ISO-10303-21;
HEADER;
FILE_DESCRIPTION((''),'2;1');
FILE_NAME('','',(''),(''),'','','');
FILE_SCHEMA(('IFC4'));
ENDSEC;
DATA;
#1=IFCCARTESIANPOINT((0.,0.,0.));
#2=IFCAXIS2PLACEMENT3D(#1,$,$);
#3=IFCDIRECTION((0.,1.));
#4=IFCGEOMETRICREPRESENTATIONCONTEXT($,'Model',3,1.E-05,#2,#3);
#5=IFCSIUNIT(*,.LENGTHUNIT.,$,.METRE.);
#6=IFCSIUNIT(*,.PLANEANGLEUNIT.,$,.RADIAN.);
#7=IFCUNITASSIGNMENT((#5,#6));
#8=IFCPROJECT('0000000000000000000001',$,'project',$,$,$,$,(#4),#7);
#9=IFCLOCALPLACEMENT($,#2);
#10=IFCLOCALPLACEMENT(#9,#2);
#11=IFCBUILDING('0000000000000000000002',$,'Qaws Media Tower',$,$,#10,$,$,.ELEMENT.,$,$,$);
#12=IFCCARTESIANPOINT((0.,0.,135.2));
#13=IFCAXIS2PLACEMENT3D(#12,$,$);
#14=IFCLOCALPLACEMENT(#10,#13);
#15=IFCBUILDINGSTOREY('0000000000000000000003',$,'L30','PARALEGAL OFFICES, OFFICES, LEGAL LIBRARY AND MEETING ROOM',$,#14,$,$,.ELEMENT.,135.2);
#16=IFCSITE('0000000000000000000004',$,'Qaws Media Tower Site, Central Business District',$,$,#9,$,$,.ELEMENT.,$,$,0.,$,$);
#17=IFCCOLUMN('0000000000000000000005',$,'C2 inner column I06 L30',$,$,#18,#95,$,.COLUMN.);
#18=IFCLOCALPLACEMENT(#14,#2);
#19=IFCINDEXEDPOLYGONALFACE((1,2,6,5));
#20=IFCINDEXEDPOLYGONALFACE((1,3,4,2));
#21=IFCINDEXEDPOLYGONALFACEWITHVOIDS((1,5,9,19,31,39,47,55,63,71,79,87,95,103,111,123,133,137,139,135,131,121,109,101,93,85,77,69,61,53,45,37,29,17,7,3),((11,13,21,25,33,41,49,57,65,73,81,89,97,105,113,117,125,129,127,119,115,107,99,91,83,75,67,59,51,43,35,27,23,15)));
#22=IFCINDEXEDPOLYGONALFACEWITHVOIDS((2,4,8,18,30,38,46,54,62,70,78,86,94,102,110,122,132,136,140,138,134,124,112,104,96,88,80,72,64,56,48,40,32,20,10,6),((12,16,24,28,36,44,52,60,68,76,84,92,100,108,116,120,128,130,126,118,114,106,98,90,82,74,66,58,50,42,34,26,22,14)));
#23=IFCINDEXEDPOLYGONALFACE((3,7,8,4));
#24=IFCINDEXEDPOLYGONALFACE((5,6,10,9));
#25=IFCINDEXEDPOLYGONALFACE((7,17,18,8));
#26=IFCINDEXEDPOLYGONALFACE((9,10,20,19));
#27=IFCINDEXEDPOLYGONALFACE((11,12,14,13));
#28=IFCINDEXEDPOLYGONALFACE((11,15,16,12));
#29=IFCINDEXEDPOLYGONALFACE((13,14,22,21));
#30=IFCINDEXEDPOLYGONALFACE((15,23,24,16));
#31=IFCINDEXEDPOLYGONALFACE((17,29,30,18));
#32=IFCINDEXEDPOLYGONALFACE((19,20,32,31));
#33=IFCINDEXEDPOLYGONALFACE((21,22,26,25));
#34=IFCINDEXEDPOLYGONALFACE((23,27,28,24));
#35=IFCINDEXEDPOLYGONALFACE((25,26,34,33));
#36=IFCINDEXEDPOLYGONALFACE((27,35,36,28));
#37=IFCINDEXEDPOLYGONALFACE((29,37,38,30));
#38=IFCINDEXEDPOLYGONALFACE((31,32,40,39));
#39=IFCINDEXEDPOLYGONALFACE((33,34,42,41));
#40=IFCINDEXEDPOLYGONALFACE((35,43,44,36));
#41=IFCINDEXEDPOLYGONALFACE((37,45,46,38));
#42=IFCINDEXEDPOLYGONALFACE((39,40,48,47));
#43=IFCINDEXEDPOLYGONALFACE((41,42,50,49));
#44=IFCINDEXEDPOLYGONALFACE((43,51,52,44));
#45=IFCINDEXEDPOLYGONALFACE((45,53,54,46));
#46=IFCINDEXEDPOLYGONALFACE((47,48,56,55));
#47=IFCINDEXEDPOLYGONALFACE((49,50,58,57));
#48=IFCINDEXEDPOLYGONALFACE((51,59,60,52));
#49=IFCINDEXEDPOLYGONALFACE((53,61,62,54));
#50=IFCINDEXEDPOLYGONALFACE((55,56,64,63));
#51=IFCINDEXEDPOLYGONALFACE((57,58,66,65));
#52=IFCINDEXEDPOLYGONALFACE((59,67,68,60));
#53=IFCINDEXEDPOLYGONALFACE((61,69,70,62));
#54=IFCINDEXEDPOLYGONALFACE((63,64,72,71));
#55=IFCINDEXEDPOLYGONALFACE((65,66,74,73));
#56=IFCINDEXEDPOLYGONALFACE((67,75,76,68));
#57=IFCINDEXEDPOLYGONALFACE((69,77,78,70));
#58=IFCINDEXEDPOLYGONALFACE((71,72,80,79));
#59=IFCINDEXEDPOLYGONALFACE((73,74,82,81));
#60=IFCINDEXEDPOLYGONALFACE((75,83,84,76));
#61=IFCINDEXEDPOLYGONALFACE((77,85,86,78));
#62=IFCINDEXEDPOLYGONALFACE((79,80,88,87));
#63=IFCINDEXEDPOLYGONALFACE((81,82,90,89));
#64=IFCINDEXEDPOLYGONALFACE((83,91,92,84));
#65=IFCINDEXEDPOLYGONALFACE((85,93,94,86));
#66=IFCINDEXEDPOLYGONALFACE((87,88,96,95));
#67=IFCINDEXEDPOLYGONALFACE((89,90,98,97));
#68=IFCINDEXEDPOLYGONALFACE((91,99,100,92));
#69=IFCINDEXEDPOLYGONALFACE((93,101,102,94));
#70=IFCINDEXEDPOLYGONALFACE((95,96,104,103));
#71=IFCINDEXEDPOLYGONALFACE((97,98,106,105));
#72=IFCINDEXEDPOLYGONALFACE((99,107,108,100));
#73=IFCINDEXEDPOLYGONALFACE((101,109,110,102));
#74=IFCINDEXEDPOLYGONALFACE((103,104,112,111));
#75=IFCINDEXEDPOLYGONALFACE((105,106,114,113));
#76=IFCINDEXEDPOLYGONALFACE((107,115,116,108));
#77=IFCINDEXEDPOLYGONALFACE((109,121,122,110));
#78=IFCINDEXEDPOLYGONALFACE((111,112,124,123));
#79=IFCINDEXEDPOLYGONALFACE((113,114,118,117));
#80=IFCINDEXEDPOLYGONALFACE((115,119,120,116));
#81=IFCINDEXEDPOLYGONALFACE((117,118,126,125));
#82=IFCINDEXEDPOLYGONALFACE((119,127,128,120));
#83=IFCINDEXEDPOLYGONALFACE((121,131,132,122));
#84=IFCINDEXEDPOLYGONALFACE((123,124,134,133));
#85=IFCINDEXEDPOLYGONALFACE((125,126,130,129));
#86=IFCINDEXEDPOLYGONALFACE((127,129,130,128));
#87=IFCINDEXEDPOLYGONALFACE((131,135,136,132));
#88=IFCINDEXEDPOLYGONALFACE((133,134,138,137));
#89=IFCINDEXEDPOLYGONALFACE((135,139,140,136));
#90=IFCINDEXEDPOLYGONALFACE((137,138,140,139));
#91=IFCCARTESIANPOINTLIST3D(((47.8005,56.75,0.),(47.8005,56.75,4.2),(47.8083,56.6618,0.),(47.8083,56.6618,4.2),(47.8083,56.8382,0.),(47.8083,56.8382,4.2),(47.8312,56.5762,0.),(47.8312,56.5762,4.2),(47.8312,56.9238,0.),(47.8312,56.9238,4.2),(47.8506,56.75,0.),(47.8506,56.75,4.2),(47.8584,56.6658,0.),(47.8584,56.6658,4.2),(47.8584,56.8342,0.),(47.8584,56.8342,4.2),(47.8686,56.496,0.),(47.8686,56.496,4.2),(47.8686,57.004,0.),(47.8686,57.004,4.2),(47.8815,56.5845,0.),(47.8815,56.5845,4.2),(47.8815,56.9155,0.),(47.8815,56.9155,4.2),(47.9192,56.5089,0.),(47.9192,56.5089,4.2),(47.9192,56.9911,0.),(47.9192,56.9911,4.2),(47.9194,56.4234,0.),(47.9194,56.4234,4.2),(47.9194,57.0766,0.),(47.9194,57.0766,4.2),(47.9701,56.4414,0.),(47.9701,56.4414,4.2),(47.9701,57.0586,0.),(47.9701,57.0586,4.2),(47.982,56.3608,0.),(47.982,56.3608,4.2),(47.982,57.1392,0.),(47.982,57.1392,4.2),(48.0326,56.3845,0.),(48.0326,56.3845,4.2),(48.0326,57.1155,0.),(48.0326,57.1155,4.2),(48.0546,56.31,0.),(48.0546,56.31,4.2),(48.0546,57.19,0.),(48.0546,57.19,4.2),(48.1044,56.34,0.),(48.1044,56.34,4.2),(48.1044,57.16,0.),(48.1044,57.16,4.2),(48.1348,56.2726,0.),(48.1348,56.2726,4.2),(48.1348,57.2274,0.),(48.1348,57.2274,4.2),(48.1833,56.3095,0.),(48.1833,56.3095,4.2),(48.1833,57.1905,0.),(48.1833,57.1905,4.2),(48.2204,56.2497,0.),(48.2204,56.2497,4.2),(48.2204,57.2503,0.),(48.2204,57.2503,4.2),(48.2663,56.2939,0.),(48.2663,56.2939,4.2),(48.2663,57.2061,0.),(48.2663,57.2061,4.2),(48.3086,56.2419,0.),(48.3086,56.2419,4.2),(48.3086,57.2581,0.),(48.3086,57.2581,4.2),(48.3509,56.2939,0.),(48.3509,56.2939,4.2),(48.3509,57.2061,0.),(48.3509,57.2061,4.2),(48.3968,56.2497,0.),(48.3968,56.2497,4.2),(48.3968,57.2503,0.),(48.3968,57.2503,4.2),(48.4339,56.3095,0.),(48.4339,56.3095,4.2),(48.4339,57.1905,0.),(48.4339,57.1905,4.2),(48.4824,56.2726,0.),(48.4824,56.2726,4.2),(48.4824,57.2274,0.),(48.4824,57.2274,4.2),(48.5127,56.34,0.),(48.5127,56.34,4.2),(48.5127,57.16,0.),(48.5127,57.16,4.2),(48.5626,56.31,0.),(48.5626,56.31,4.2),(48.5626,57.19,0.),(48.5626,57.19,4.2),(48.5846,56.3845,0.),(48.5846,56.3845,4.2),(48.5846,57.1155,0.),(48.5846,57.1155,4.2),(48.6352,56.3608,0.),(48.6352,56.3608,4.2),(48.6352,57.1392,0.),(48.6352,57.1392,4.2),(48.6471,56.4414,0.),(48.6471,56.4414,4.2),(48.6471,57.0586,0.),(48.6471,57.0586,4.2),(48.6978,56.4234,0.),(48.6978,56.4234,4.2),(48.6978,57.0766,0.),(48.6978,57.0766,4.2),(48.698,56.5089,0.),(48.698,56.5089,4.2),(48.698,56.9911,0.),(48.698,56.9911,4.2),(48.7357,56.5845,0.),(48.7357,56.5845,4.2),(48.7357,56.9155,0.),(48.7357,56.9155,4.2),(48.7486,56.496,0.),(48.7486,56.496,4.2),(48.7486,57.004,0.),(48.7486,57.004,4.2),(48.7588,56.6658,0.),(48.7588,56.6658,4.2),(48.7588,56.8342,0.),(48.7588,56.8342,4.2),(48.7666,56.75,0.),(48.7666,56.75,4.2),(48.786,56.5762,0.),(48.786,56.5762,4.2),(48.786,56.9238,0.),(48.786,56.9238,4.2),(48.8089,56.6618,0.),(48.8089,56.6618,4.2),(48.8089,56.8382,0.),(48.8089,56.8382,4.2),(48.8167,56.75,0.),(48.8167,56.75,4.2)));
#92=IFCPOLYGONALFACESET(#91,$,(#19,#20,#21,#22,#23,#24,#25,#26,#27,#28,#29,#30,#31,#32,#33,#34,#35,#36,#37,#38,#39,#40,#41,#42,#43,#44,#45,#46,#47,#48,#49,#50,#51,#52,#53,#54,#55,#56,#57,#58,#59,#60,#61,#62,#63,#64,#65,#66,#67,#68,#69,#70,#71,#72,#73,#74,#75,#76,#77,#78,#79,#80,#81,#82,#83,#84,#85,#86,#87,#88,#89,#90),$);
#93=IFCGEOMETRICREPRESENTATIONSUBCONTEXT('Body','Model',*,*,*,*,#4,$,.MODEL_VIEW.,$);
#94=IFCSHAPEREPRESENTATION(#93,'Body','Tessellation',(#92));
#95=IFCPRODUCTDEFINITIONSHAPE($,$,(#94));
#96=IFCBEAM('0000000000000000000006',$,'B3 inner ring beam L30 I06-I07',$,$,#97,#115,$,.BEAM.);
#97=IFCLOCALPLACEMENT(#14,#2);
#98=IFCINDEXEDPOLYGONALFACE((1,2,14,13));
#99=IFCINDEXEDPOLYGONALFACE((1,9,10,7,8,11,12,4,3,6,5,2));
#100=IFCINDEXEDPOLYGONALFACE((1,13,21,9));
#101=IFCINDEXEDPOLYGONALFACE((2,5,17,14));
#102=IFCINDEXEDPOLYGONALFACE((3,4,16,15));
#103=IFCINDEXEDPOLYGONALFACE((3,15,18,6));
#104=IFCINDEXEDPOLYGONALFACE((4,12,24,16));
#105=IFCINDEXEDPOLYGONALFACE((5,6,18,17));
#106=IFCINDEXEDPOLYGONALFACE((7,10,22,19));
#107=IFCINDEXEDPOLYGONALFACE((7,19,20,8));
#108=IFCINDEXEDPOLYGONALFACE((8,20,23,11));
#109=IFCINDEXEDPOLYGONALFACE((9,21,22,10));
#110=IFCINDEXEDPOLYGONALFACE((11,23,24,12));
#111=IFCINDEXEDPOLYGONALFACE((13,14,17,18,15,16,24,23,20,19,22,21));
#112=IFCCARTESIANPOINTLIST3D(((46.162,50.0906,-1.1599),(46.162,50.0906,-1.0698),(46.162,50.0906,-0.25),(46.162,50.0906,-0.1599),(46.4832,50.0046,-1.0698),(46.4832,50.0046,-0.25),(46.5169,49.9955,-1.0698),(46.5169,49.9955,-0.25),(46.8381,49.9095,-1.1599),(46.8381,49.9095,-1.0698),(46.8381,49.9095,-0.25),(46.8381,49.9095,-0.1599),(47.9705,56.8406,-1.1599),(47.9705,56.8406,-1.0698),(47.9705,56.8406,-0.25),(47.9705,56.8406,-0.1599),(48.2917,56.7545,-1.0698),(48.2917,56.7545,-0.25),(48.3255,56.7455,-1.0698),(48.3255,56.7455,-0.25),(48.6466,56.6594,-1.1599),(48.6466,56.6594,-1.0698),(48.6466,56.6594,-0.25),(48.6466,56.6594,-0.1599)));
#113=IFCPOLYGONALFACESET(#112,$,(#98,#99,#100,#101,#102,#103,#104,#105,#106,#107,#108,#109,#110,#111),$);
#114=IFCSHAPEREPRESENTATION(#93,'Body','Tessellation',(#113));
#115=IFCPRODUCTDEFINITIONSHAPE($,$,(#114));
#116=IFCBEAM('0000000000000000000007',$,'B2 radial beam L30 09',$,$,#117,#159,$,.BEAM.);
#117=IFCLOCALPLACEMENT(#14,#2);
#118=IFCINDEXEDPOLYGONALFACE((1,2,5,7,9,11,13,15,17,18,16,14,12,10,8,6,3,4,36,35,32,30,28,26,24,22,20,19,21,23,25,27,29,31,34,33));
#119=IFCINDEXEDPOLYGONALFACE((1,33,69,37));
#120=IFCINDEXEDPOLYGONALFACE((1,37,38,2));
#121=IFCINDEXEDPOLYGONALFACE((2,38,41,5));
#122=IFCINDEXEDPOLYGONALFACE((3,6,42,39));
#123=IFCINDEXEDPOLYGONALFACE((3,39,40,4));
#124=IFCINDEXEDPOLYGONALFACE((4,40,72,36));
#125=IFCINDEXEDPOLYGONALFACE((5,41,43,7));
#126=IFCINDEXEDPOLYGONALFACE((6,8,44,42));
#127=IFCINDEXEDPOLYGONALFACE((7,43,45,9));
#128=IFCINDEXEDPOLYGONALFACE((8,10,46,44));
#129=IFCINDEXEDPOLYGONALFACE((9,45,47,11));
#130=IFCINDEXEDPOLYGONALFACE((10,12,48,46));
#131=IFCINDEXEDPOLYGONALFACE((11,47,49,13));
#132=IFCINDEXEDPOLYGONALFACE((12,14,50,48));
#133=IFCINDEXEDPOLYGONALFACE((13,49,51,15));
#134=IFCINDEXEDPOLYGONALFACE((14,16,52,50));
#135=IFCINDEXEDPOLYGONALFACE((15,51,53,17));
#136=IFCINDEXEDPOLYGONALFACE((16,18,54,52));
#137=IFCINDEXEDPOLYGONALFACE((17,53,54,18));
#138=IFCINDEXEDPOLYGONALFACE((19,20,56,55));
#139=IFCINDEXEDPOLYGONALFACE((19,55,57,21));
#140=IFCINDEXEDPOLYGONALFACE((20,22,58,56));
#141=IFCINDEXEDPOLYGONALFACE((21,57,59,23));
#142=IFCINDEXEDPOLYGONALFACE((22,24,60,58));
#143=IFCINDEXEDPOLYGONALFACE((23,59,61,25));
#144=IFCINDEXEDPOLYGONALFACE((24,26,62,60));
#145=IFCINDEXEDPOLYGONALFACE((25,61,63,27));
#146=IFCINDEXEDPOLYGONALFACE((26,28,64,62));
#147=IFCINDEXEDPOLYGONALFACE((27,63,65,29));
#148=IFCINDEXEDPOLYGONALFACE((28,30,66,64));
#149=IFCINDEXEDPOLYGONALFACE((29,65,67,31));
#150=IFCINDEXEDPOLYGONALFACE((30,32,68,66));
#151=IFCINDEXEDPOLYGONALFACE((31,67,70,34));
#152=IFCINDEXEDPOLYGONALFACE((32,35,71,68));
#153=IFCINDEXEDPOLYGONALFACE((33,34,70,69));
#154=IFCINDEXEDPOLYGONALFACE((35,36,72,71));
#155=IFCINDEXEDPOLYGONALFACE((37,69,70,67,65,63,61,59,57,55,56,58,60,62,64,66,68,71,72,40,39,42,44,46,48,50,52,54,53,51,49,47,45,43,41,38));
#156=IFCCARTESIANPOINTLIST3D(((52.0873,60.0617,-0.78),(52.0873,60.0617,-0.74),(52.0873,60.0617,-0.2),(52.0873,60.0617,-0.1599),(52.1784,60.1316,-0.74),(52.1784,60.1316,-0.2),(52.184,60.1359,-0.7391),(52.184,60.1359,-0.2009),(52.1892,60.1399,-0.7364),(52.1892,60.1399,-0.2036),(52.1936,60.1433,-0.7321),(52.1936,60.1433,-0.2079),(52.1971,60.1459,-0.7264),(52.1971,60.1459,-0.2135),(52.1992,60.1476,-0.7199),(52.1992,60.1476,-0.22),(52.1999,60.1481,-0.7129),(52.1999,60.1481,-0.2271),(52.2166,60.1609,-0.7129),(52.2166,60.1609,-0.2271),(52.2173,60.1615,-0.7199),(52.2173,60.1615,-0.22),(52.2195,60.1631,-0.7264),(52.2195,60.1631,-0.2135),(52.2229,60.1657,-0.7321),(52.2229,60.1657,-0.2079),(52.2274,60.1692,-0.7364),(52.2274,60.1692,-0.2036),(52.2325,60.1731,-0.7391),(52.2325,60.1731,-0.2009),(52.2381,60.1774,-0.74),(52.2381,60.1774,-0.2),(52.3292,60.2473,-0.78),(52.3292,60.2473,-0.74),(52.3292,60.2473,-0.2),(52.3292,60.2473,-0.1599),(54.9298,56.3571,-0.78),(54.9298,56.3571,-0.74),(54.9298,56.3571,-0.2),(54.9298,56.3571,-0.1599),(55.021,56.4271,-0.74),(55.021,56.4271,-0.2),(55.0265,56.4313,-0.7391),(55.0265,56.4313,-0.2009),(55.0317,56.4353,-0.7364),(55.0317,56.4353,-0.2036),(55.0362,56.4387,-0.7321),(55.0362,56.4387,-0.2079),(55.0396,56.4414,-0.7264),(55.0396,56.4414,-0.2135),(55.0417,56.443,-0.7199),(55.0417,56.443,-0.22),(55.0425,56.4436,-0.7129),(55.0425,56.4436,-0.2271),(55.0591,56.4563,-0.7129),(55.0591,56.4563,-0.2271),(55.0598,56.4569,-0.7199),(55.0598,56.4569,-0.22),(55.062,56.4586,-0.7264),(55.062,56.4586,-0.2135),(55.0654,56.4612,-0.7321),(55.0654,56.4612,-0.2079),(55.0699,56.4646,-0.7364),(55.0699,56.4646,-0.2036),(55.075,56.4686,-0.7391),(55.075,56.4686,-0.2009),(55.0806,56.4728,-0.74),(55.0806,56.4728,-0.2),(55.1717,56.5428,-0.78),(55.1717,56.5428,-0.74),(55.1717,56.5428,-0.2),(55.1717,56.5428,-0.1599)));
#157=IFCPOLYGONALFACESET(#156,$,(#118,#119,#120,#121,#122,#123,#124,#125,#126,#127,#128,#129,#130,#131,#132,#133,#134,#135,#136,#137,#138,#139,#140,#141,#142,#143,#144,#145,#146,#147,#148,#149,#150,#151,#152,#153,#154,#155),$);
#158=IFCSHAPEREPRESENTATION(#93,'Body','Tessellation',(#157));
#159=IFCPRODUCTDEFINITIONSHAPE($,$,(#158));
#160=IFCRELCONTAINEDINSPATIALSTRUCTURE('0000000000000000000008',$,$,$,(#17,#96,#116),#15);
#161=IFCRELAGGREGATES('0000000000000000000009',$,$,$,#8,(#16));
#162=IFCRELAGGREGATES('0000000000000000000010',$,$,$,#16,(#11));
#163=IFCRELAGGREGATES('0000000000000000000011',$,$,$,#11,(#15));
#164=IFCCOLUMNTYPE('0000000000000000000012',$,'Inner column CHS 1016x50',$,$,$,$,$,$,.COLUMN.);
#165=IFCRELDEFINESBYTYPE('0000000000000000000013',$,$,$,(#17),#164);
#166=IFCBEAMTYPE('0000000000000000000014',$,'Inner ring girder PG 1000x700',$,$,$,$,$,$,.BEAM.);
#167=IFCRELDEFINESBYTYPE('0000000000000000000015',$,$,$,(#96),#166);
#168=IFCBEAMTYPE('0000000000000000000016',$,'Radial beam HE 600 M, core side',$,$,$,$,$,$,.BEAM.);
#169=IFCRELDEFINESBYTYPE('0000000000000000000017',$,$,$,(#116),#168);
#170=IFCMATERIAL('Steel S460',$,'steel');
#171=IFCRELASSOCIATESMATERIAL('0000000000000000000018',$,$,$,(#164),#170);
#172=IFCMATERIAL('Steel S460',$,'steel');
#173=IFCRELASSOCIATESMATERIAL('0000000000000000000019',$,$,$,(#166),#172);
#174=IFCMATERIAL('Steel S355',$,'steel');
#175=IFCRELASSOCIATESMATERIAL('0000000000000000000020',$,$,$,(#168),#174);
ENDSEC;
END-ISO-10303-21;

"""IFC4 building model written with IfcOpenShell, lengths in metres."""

from ifc_helpers import new_model, si_unit, direction, frame, origin, origin_2d, place, context, subcontext, project, spatial, hollow_circle, i_section, extrude, material, material_profile, profile_set, type_object, element, save


model = new_model("IFC4")

# Units and contexts
model_context = context("Model", 3, precision=1e-05, world=origin(), true_north=direction((0.0, 1.0)))
body_context = subcontext(model_context, "Body", "Model", "MODEL_VIEW")
ifc_project = project(units=[si_unit("LENGTHUNIT", "METRE"), si_unit("PLANEANGLEUNIT", "RADIAN")], contexts=[model_context])

# Site, building, storey
site_placement = place(None, origin())
site = spatial("IfcSite", under=ifc_project, at=site_placement, Name="Qaws Media Tower Site, Central Business District", CompositionType="ELEMENT", RefElevation=0.0)
building_placement = place(site_placement, origin())
building = spatial("IfcBuilding", under=site, at=building_placement, Name="Qaws Media Tower", CompositionType="ELEMENT")
storey_placement = place(building_placement, frame((0.0, 0.0, 135.2)))
storey = spatial("IfcBuildingStorey", under=building, at=storey_placement, Name="L30", Description="PARALEGAL OFFICES, OFFICES, LEGAL LIBRARY AND MEETING ROOM", CompositionType="ELEMENT", Elevation=135.2)

# Column
ifc_material_1 = material(Name="Steel S460", Category="steel")
ifc_material_profile_1 = material_profile(ifc_material_1, hollow_circle(Radius=0.5081, WallThickness=0.05, at=origin_2d()), Name="CHS 1016x50")
ifc_profile_set_1 = profile_set([ifc_material_profile_1], Name="Steel S460")
column_type = type_object("IfcColumnType", Name="Inner column CHS 1016x50", PredefinedType="COLUMN", material=ifc_profile_set_1)
column_placement = place(storey_placement, frame((48.3086, 56.75, 0.0), z_axis=(0.0, 0.0, 1.0), x_axis=(1.0, 0.0, 0.0)))
element("IfcColumn", 1, at=column_placement, inside=storey, type_object=column_type, Name="C2 inner column I06 L30", PredefinedType="COLUMN", context=body_context, shape_type="SweptSolid", body=[
    extrude(hollow_circle(Radius=0.5081, WallThickness=0.05, at=origin_2d()), origin(), (0.0, 0.0, 1.0), 4.2),
])

# Beams
ifc_material_2 = material(Name="Steel S460", Category="steel")
ifc_material_profile_2 = material_profile(ifc_material_2, i_section(OverallWidth=0.7, OverallDepth=1.0, WebThickness=0.0349, FlangeThickness=0.0901, at=origin_2d()), Name="PG 1000x700")
ifc_profile_set_2 = profile_set([ifc_material_profile_2], Name="Steel S460")
beam_type_1 = type_object("IfcBeamType", Name="Inner ring girder PG 1000x700", PredefinedType="BEAM", material=ifc_profile_set_2)
beam_1_placement = place(storey_placement, frame((48.3086, 56.75, -0.6599), z_axis=(-0.258811, -0.965928, 0.0), x_axis=(0.965928, -0.258811, 0.0)))
element("IfcBeam", 2, at=beam_1_placement, inside=storey, type_object=beam_type_1, Name="B3 inner ring beam L30 I06-I07", PredefinedType="BEAM", context=body_context, shape_type="SweptSolid", body=[
    extrude(i_section(OverallWidth=0.7, OverallDepth=1.0, WebThickness=0.0349, FlangeThickness=0.0901, at=origin_2d()), origin(), (0.0, 0.0, 1.0), 6.988),
])
ifc_material_3 = material(Name="Steel S355", Category="steel")
ifc_material_profile_3 = material_profile(ifc_material_3, i_section(OverallWidth=0.3049, OverallDepth=0.6201, WebThickness=0.021, FlangeThickness=0.04, FilletRadius=0.0271, at=origin_2d()), Name="HE 600 M")
ifc_profile_set_3 = profile_set([ifc_material_profile_3], Name="Steel S355")
beam_type_2 = type_object("IfcBeamType", Name="Radial beam HE 600 M, core side", PredefinedType="BEAM", material=ifc_profile_set_3)
beam_2_placement = place(storey_placement, frame((55.0508, 56.45, -0.47), z_axis=(-0.608748, 0.793364, 0.0), x_axis=(-0.793364, -0.608748, 0.0)))
element("IfcBeam", 3, at=beam_2_placement, inside=storey, type_object=beam_type_2, Name="B2 radial beam L30 09", PredefinedType="BEAM", context=body_context, shape_type="SweptSolid", body=[
    extrude(i_section(OverallWidth=0.3049, OverallDepth=0.6201, WebThickness=0.021, FlangeThickness=0.04, FilletRadius=0.0271, at=origin_2d()), origin(), (0.0, 0.0, 1.0), 4.6694),
])

save(model, "model.ifc")
